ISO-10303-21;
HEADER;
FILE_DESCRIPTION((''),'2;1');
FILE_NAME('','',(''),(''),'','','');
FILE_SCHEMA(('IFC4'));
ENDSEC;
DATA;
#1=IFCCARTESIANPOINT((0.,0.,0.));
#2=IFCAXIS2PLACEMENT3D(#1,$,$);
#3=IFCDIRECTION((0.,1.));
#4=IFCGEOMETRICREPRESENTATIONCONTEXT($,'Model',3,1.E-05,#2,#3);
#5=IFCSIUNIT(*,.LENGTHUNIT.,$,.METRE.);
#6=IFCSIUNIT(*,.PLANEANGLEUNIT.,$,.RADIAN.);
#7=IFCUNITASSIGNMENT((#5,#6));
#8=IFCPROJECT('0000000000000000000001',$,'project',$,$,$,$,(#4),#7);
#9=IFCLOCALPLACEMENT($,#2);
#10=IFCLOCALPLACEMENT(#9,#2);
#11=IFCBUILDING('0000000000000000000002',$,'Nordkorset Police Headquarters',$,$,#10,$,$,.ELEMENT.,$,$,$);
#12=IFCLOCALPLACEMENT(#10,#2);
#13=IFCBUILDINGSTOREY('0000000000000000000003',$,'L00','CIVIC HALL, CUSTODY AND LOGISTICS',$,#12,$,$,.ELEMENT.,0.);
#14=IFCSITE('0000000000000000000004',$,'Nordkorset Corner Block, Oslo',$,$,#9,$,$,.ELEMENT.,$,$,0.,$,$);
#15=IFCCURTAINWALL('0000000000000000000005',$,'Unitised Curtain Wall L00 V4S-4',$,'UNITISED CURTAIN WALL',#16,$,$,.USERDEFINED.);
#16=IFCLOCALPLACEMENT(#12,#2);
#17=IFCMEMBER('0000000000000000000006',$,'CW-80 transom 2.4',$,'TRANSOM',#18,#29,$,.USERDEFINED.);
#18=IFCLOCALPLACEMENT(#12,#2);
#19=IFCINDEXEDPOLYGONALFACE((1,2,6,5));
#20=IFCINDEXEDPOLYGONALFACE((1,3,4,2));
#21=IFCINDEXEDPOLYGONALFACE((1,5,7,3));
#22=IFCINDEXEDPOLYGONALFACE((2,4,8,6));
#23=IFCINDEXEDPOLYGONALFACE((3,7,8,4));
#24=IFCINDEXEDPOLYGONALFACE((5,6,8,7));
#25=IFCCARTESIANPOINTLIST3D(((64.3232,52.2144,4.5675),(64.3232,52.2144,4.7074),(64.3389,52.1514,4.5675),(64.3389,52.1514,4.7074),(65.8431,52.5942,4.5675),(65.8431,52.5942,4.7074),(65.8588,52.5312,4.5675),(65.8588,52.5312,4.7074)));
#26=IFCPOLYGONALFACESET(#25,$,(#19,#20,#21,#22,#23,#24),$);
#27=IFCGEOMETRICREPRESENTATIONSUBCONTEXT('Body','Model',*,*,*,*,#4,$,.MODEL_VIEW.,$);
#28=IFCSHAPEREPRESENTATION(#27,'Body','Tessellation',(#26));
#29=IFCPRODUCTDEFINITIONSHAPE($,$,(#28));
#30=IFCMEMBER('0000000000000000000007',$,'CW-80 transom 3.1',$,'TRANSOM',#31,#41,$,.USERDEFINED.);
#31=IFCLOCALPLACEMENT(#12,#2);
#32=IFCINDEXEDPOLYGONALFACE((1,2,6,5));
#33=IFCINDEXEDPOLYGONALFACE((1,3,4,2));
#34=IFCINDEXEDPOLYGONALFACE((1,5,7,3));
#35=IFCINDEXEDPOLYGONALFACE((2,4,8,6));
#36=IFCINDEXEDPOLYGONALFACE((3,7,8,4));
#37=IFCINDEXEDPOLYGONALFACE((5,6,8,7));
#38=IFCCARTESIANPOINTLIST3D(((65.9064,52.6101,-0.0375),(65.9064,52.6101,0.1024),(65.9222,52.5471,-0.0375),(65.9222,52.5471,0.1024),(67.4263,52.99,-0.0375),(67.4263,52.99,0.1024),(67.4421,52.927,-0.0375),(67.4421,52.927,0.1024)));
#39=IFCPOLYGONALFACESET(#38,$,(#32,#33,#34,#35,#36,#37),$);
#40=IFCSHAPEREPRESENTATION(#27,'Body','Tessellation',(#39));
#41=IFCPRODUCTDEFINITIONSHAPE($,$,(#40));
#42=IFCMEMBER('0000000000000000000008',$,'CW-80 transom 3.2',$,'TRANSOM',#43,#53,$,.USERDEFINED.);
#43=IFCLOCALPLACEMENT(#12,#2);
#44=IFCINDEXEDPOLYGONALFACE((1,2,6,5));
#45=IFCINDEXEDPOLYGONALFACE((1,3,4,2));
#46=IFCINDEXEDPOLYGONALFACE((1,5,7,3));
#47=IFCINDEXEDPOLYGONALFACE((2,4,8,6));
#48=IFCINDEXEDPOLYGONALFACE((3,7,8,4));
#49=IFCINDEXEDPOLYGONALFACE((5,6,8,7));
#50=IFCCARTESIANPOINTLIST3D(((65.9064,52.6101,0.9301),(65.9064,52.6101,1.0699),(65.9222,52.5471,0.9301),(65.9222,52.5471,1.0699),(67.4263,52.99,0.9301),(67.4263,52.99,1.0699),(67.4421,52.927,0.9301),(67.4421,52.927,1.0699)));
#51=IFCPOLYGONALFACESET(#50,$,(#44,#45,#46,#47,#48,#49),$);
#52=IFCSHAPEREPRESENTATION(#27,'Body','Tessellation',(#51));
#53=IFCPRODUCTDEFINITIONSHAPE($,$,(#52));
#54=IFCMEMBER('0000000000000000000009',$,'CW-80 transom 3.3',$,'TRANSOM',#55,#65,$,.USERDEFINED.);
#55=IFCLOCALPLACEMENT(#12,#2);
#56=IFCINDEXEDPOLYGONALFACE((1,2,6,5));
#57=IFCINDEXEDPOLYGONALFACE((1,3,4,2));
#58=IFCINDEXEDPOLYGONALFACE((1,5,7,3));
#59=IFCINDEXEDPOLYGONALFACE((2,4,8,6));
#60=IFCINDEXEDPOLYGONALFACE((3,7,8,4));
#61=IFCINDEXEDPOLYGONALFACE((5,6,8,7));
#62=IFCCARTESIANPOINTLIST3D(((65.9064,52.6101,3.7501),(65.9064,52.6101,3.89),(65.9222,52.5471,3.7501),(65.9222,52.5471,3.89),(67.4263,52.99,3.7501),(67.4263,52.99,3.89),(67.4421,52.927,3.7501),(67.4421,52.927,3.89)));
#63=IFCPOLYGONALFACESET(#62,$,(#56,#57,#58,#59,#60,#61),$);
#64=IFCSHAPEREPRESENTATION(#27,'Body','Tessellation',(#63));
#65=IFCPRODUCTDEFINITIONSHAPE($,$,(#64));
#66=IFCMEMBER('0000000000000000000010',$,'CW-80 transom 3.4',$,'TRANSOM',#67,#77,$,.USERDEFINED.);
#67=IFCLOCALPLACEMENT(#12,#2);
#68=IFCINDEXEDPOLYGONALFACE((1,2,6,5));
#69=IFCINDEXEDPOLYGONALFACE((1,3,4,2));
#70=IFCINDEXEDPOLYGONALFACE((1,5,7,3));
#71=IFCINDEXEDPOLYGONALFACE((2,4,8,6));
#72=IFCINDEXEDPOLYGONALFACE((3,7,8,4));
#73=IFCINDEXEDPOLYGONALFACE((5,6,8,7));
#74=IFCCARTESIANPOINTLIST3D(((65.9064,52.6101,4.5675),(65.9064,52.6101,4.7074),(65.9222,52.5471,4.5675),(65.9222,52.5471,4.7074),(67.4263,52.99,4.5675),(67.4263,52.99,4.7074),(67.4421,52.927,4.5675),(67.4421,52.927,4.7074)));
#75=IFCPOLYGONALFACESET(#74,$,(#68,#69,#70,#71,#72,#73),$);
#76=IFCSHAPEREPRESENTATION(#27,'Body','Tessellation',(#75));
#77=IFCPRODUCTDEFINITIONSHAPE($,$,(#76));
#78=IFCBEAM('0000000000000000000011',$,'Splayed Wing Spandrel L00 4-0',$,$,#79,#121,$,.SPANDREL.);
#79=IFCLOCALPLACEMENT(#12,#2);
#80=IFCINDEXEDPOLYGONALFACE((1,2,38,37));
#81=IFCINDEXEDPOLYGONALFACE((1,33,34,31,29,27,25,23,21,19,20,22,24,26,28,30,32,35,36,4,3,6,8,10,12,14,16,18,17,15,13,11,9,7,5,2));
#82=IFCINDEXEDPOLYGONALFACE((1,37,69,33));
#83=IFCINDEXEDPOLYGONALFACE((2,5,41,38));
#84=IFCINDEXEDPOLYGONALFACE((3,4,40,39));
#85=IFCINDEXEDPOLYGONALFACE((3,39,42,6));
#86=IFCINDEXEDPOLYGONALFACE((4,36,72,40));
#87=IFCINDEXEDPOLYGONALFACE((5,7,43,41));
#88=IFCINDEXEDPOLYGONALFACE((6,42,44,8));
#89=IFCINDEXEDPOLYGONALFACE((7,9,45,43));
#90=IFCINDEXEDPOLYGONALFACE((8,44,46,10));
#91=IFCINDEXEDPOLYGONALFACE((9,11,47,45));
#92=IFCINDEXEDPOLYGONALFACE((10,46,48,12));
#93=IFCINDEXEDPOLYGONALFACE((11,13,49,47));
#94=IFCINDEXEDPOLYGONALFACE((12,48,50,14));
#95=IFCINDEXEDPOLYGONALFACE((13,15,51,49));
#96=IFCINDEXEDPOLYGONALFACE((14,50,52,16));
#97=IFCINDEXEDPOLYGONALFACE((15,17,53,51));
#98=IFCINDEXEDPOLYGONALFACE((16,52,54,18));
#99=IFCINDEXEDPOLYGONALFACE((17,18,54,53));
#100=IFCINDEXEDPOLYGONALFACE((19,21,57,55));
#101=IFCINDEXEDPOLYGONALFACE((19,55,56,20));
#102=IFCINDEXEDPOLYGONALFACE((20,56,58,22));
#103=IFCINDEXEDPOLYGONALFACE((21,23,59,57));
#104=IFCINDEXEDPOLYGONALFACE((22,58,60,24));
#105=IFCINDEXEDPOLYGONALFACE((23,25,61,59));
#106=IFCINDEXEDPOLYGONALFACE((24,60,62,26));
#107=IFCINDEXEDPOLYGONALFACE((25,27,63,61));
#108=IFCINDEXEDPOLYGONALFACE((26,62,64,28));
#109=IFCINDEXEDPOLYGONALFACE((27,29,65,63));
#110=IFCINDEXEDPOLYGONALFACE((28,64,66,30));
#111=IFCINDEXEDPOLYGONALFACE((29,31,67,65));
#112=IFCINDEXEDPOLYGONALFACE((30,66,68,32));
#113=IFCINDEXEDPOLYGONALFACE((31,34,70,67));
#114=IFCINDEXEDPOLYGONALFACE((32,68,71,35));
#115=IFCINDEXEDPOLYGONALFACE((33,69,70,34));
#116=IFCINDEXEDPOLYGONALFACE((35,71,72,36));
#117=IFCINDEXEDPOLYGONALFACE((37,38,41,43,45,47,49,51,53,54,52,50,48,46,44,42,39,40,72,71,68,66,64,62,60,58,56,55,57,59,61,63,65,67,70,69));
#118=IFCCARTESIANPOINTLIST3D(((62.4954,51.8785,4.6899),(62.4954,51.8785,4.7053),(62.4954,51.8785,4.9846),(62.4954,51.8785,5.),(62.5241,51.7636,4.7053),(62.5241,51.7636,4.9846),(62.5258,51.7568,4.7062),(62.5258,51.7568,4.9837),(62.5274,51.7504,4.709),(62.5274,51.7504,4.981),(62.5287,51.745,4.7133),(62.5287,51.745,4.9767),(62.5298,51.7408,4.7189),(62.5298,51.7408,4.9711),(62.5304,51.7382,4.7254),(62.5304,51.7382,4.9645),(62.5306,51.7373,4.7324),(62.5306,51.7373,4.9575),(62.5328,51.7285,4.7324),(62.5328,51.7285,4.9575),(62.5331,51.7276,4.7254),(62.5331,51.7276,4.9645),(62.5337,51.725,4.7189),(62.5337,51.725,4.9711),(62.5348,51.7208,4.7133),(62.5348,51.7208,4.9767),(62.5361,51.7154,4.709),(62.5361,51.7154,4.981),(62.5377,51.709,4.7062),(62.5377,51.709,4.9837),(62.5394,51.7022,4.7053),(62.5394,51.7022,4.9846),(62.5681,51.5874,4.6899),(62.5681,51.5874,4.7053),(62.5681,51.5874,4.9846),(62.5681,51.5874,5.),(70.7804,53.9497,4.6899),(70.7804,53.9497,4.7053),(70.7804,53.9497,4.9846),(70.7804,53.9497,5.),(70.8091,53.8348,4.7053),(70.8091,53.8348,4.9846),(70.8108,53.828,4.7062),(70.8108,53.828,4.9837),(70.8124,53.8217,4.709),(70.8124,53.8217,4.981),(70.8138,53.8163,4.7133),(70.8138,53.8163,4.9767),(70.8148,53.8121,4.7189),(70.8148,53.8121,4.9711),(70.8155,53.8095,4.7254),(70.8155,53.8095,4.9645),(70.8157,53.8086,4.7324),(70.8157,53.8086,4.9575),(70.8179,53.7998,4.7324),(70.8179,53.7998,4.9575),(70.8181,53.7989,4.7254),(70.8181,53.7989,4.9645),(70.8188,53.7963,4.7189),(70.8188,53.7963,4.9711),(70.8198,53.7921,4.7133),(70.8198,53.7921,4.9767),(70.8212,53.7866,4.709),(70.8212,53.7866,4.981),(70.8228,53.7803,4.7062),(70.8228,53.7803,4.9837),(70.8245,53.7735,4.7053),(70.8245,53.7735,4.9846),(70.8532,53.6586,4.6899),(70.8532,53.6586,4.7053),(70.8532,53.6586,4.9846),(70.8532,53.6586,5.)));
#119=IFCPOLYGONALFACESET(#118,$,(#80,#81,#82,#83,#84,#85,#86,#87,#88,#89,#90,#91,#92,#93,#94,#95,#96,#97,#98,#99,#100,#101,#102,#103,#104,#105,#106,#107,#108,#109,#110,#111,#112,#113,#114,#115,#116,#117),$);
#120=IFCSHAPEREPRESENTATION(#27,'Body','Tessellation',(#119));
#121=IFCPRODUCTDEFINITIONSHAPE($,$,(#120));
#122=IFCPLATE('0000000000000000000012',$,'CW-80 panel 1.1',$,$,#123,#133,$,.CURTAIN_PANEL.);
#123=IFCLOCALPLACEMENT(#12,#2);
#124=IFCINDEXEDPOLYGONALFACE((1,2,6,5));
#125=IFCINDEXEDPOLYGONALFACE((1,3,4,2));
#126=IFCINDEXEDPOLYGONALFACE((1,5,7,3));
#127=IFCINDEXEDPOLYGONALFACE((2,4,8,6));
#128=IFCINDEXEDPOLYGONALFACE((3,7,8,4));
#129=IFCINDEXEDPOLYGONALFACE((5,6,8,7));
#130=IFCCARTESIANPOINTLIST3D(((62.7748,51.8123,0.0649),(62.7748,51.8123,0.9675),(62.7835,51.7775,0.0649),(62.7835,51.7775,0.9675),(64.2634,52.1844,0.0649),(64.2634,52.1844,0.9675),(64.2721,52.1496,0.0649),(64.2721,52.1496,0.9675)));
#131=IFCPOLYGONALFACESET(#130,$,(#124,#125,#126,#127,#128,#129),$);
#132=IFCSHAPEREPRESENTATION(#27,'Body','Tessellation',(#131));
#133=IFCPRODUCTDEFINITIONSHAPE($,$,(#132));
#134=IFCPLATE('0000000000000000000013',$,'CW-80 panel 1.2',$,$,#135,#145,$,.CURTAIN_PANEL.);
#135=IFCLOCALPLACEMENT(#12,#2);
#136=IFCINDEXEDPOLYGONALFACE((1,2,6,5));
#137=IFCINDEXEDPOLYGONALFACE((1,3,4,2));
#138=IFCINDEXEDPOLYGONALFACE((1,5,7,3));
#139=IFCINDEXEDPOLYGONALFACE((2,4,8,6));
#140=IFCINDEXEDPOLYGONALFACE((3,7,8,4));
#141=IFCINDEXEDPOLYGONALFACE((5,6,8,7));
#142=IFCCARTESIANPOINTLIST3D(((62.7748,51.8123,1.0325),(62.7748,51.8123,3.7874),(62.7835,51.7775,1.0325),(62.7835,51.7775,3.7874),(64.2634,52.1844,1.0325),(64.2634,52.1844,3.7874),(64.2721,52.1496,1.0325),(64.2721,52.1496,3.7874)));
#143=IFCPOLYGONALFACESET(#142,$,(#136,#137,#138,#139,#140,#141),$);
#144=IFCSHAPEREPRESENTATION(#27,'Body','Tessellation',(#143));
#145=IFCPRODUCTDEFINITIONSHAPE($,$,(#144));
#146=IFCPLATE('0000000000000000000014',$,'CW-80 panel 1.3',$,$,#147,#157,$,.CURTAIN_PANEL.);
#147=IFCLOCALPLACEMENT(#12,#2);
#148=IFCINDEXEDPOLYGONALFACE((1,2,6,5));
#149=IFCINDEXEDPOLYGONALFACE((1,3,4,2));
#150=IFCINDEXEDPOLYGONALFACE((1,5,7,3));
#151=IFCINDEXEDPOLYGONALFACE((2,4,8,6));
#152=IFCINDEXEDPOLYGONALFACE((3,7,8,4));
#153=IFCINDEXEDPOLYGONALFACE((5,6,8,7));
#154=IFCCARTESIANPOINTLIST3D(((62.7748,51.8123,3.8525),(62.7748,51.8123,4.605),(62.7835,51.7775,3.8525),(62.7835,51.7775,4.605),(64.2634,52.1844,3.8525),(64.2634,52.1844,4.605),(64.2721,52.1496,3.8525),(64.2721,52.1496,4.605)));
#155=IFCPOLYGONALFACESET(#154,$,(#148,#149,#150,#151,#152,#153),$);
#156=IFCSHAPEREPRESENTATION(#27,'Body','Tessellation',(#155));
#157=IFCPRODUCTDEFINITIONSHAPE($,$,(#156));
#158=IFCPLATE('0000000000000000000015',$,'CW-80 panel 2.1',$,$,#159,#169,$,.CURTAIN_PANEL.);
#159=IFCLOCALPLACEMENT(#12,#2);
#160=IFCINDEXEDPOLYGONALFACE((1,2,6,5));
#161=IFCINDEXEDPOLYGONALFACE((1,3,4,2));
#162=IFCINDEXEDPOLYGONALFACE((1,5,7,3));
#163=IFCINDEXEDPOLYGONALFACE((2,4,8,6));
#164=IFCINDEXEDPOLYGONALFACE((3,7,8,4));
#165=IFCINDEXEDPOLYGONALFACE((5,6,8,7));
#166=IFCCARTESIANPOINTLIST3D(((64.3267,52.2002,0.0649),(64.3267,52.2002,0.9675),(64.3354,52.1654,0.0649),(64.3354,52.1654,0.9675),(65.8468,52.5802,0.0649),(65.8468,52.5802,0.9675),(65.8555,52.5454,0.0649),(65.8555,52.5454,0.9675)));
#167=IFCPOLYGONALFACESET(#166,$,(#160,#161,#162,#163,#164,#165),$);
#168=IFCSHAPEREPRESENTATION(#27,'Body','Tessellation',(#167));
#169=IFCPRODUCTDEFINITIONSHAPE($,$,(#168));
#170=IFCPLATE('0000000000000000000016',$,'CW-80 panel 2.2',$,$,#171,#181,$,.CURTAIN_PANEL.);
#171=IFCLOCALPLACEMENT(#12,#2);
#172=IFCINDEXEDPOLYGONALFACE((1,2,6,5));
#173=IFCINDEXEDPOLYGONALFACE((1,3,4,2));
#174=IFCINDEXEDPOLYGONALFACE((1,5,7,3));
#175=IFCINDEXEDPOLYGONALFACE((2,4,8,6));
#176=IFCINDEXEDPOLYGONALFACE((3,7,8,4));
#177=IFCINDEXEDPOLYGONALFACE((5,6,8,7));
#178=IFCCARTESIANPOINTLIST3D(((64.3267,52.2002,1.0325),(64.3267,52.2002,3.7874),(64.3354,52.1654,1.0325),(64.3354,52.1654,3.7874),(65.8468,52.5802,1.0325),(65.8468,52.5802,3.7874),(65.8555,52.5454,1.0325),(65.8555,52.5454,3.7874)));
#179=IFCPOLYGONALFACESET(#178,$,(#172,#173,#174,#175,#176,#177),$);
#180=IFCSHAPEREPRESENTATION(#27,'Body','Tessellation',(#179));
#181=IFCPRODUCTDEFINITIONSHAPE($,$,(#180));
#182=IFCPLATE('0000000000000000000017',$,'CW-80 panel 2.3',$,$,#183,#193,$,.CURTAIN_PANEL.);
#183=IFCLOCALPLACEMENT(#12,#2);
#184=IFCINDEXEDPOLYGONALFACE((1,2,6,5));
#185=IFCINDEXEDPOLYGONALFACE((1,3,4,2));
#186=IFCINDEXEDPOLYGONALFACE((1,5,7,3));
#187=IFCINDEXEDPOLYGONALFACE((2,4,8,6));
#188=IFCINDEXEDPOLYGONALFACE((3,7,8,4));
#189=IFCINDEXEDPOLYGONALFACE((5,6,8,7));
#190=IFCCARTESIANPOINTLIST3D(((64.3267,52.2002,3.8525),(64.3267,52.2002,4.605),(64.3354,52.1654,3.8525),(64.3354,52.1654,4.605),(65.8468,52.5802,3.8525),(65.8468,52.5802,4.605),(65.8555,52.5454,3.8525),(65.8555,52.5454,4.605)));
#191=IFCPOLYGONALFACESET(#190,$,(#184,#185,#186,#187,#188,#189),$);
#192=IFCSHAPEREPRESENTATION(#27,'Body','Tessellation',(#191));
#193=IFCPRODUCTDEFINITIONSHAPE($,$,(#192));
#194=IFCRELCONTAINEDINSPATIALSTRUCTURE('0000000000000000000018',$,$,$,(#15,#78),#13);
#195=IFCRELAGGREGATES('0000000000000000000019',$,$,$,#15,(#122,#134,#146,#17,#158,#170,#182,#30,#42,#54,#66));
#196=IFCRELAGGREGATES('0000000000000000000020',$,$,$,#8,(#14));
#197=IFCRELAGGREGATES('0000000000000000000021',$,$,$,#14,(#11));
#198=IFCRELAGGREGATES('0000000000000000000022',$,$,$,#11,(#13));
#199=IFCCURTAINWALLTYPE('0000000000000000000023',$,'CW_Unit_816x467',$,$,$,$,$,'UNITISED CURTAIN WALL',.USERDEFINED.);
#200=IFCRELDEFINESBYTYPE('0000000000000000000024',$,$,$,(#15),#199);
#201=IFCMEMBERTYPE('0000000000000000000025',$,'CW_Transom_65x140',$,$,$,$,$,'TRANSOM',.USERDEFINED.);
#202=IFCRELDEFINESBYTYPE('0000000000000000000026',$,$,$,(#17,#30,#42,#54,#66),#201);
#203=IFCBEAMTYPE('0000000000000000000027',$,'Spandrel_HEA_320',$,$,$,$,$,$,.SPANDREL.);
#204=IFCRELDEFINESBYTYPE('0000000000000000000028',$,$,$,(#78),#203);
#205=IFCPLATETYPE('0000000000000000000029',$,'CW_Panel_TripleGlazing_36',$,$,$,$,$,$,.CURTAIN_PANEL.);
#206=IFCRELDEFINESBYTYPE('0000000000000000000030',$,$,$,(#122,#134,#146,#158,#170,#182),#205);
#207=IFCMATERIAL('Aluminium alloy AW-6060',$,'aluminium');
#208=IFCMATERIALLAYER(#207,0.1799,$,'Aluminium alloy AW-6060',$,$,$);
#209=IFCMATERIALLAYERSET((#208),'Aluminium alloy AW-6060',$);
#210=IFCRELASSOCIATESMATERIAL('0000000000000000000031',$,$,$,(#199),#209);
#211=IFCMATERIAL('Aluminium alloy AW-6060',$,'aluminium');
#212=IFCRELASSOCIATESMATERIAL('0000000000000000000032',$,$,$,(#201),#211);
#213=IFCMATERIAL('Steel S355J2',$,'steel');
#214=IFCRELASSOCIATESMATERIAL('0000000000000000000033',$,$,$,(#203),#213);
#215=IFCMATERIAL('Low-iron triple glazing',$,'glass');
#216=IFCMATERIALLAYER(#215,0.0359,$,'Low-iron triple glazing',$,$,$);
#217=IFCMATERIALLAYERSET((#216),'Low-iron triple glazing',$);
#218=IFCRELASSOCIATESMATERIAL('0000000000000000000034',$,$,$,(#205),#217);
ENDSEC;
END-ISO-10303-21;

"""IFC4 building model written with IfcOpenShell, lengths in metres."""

from ifc_helpers import new_model, si_unit, direction, frame, origin, origin_2d, place, context, subcontext, project, spatial, rectangle, i_section, extrude, material, layer, layer_set, material_profile, profile_set, type_object, element, aggregate, save


model = new_model("IFC4")

# Units and contexts
model_context = context("Model", 3, precision=1e-05, world=origin(), true_north=direction((0.0, 1.0)))
body_context = subcontext(model_context, "Body", "Model", "MODEL_VIEW")
ifc_project = project(units=[si_unit("LENGTHUNIT", "METRE"), si_unit("PLANEANGLEUNIT", "RADIAN")], contexts=[model_context])

# Site, building, storey
site_placement = place(None, origin())
site = spatial("IfcSite", under=ifc_project, at=site_placement, Name="Nordkorset Corner Block, Oslo", CompositionType="ELEMENT", RefElevation=0.0)
building_placement = place(site_placement, origin())
building = spatial("IfcBuilding", under=site, at=building_placement, Name="Nordkorset Police Headquarters", CompositionType="ELEMENT")
storey_placement = place(building_placement, origin())
storey = spatial("IfcBuildingStorey", under=building, at=storey_placement, Name="L00", Description="CIVIC HALL, CUSTODY AND LOGISTICS", CompositionType="ELEMENT", Elevation=0.0)

# Curtain wall, members
ifc_material_1 = material(Name="Aluminium alloy AW-6060", Category="aluminium")
ifc_layer_1 = layer(ifc_material_1, 0.1799, Name="Aluminium alloy AW-6060")
ifc_layer_set_1 = layer_set([ifc_layer_1], Name="Aluminium alloy AW-6060")
curtain_wall_type = type_object("IfcCurtainWallType", Name="CW_Unit_816x467", ElementType="UNITISED CURTAIN WALL", PredefinedType="USERDEFINED", material=ifc_layer_set_1)
curtain_wall_placement = place(storey_placement, origin())
curtain_wall = element("IfcCurtainWall", 1, at=curtain_wall_placement, inside=storey, type_object=curtain_wall_type, Name="Unitised Curtain Wall L00 V4S-4", ObjectType="UNITISED CURTAIN WALL", PredefinedType="USERDEFINED")
ifc_material_2 = material(Name="Aluminium alloy AW-6060", Category="aluminium")
ifc_material_profile_1 = material_profile(ifc_material_2, rectangle(XDim=0.0649, YDim=0.1399, at=origin_2d()), Name="ALU TRAN 65x140")
ifc_profile_set_1 = profile_set([ifc_material_profile_1], Name="Aluminium alloy AW-6060")
member_type_1 = type_object("IfcMemberType", Name="CW_Transom_65x140", ElementType="TRANSOM", PredefinedType="USERDEFINED", material=ifc_profile_set_1)
member_1_placement = place(storey_placement, frame((64.3311, 52.1829, 4.6375), z_axis=(0.970161, 0.242462, 0.0), x_axis=(-0.242462, 0.970161, 0.0)))
member_1 = element("IfcMember", 2, at=member_1_placement, type_object=member_type_1, Name="CW-80 transom 2.4", ObjectType="TRANSOM", PredefinedType="USERDEFINED", context=body_context, shape_type="SweptSolid", body=[
    extrude(rectangle(XDim=0.0649, YDim=0.1399, at=origin_2d()), origin(), (0.0, 0.0, 1.0), 1.5667),
])
member_2_placement = place(storey_placement, frame((65.9143, 52.5786, 0.0325), z_axis=(0.970161, 0.242462, 0.0), x_axis=(-0.242462, 0.970161, 0.0)))
member_2 = element("IfcMember", 3, at=member_2_placement, type_object=member_type_1, Name="CW-80 transom 3.1", ObjectType="TRANSOM", PredefinedType="USERDEFINED", context=body_context, shape_type="SweptSolid", body=[
    extrude(rectangle(XDim=0.0649, YDim=0.1399, at=origin_2d()), origin(), (0.0, 0.0, 1.0), 1.5667),
])
member_3_placement = place(storey_placement, frame((65.9143, 52.5786, 1.0), z_axis=(0.970161, 0.242462, 0.0), x_axis=(-0.242462, 0.970161, 0.0)))
member_3 = element("IfcMember", 4, at=member_3_placement, type_object=member_type_1, Name="CW-80 transom 3.2", ObjectType="TRANSOM", PredefinedType="USERDEFINED", context=body_context, shape_type="SweptSolid", body=[
    extrude(rectangle(XDim=0.0649, YDim=0.1399, at=origin_2d()), origin(), (0.0, 0.0, 1.0), 1.5667),
])
member_4_placement = place(storey_placement, frame((65.9143, 52.5786, 3.8201), z_axis=(0.970161, 0.242462, 0.0), x_axis=(-0.242462, 0.970161, 0.0)))
member_4 = element("IfcMember", 5, at=member_4_placement, type_object=member_type_1, Name="CW-80 transom 3.3", ObjectType="TRANSOM", PredefinedType="USERDEFINED", context=body_context, shape_type="SweptSolid", body=[
    extrude(rectangle(XDim=0.0649, YDim=0.1399, at=origin_2d()), origin(), (0.0, 0.0, 1.0), 1.5667),
])
member_5_placement = place(storey_placement, frame((65.9143, 52.5786, 4.6375), z_axis=(0.970161, 0.242462, 0.0), x_axis=(-0.242462, 0.970161, 0.0)))
member_5 = element("IfcMember", 6, at=member_5_placement, type_object=member_type_1, Name="CW-80 transom 3.4", ObjectType="TRANSOM", PredefinedType="USERDEFINED", context=body_context, shape_type="SweptSolid", body=[
    extrude(rectangle(XDim=0.0649, YDim=0.1399, at=origin_2d()), origin(), (0.0, 0.0, 1.0), 1.5667),
])

# Beam
ifc_material_3 = material(Name="Steel S355J2", Category="steel")
ifc_material_profile_2 = material_profile(ifc_material_3, i_section(OverallWidth=0.3, OverallDepth=0.3101, WebThickness=0.009, FlangeThickness=0.0154, FilletRadius=0.0271, at=origin_2d()), Name="HEA 320")
ifc_profile_set_2 = profile_set([ifc_material_profile_2], Name="Steel S355J2")
beam_type = type_object("IfcBeamType", Name="Spandrel_HEA_320", PredefinedType="SPANDREL", material=ifc_profile_set_2)
beam_placement = place(storey_placement, frame((62.5317, 51.7329, 4.845), z_axis=(0.970143, 0.242536, 0.0), x_axis=(-0.242536, 0.970143, 0.0)))
element("IfcBeam", 7, at=beam_placement, inside=storey, type_object=beam_type, Name="Splayed Wing Spandrel L00 4-0", PredefinedType="SPANDREL", context=body_context, shape_type="SweptSolid", body=[
    extrude(i_section(OverallWidth=0.3, OverallDepth=0.3101, WebThickness=0.009, FlangeThickness=0.0154, FilletRadius=0.0271, at=origin_2d()), origin(), (0.0, 0.0, 1.0), 8.54),
])

# Plates
ifc_material_4 = material(Name="Low-iron triple glazing", Category="glass")
ifc_layer_2 = layer(ifc_material_4, 0.0359, Name="Low-iron triple glazing")
ifc_layer_set_2 = layer_set([ifc_layer_2], Name="Low-iron triple glazing")
plate_type = type_object("IfcPlateType", Name="CW_Panel_TripleGlazing_36", PredefinedType="CURTAIN_PANEL", material=ifc_layer_set_2)
plate_1_placement = place(storey_placement, frame((63.5234, 51.981, 0.0649), z_axis=(0.0, 0.0, 1.0), x_axis=(0.970143, 0.242536, 0.0)))
plate_1 = element("IfcPlate", 8, at=plate_1_placement, type_object=plate_type, Name="CW-80 panel 1.1", PredefinedType="CURTAIN_PANEL", context=body_context, shape_type="SweptSolid", body=[
    extrude(rectangle(XDim=1.5344, YDim=0.0359, at=origin_2d()), origin(), (0.0, 0.0, 1.0), 0.9026),
])
plate_2_placement = place(storey_placement, frame((63.5234, 51.981, 1.0325), z_axis=(0.0, 0.0, 1.0), x_axis=(0.970143, 0.242536, 0.0)))
plate_2 = element("IfcPlate", 9, at=plate_2_placement, type_object=plate_type, Name="CW-80 panel 1.2", PredefinedType="CURTAIN_PANEL", context=body_context, shape_type="SweptSolid", body=[
    extrude(rectangle(XDim=1.5344, YDim=0.0359, at=origin_2d()), origin(), (0.0, 0.0, 1.0), 2.7549),
])
plate_3_placement = place(storey_placement, frame((63.5234, 51.981, 3.8525), z_axis=(0.0, 0.0, 1.0), x_axis=(0.970143, 0.242536, 0.0)))
plate_3 = element("IfcPlate", 10, at=plate_3_placement, type_object=plate_type, Name="CW-80 panel 1.3", PredefinedType="CURTAIN_PANEL", context=body_context, shape_type="SweptSolid", body=[
    extrude(rectangle(XDim=1.5344, YDim=0.0359, at=origin_2d()), origin(), (0.0, 0.0, 1.0), 0.7524),
])
plate_4_placement = place(storey_placement, frame((65.0911, 52.3728, 0.0649), z_axis=(0.0, 0.0, 1.0), x_axis=(0.970143, 0.242536, 0.0)))
plate_4 = element("IfcPlate", 11, at=plate_4_placement, type_object=plate_type, Name="CW-80 panel 2.1", PredefinedType="CURTAIN_PANEL", context=body_context, shape_type="SweptSolid", body=[
    extrude(rectangle(XDim=1.5669, YDim=0.0359, at=origin_2d()), origin(), (0.0, 0.0, 1.0), 0.9026),
])
plate_5_placement = place(storey_placement, frame((65.0911, 52.3728, 1.0325), z_axis=(0.0, 0.0, 1.0), x_axis=(0.970143, 0.242536, 0.0)))
plate_5 = element("IfcPlate", 12, at=plate_5_placement, type_object=plate_type, Name="CW-80 panel 2.2", PredefinedType="CURTAIN_PANEL", context=body_context, shape_type="SweptSolid", body=[
    extrude(rectangle(XDim=1.5669, YDim=0.0359, at=origin_2d()), origin(), (0.0, 0.0, 1.0), 2.7549),
])
plate_6_placement = place(storey_placement, frame((65.0911, 52.3728, 3.8525), z_axis=(0.0, 0.0, 1.0), x_axis=(0.970143, 0.242536, 0.0)))
plate_6 = element("IfcPlate", 13, at=plate_6_placement, type_object=plate_type, Name="CW-80 panel 2.3", PredefinedType="CURTAIN_PANEL", context=body_context, shape_type="SweptSolid", body=[
    extrude(rectangle(XDim=1.5669, YDim=0.0359, at=origin_2d()), origin(), (0.0, 0.0, 1.0), 0.7524),
])
aggregate(curtain_wall, [plate_1, plate_2, plate_3, member_1, plate_4, plate_5, plate_6, member_2, member_3, member_4, member_5])

save(model, "model.ifc")
